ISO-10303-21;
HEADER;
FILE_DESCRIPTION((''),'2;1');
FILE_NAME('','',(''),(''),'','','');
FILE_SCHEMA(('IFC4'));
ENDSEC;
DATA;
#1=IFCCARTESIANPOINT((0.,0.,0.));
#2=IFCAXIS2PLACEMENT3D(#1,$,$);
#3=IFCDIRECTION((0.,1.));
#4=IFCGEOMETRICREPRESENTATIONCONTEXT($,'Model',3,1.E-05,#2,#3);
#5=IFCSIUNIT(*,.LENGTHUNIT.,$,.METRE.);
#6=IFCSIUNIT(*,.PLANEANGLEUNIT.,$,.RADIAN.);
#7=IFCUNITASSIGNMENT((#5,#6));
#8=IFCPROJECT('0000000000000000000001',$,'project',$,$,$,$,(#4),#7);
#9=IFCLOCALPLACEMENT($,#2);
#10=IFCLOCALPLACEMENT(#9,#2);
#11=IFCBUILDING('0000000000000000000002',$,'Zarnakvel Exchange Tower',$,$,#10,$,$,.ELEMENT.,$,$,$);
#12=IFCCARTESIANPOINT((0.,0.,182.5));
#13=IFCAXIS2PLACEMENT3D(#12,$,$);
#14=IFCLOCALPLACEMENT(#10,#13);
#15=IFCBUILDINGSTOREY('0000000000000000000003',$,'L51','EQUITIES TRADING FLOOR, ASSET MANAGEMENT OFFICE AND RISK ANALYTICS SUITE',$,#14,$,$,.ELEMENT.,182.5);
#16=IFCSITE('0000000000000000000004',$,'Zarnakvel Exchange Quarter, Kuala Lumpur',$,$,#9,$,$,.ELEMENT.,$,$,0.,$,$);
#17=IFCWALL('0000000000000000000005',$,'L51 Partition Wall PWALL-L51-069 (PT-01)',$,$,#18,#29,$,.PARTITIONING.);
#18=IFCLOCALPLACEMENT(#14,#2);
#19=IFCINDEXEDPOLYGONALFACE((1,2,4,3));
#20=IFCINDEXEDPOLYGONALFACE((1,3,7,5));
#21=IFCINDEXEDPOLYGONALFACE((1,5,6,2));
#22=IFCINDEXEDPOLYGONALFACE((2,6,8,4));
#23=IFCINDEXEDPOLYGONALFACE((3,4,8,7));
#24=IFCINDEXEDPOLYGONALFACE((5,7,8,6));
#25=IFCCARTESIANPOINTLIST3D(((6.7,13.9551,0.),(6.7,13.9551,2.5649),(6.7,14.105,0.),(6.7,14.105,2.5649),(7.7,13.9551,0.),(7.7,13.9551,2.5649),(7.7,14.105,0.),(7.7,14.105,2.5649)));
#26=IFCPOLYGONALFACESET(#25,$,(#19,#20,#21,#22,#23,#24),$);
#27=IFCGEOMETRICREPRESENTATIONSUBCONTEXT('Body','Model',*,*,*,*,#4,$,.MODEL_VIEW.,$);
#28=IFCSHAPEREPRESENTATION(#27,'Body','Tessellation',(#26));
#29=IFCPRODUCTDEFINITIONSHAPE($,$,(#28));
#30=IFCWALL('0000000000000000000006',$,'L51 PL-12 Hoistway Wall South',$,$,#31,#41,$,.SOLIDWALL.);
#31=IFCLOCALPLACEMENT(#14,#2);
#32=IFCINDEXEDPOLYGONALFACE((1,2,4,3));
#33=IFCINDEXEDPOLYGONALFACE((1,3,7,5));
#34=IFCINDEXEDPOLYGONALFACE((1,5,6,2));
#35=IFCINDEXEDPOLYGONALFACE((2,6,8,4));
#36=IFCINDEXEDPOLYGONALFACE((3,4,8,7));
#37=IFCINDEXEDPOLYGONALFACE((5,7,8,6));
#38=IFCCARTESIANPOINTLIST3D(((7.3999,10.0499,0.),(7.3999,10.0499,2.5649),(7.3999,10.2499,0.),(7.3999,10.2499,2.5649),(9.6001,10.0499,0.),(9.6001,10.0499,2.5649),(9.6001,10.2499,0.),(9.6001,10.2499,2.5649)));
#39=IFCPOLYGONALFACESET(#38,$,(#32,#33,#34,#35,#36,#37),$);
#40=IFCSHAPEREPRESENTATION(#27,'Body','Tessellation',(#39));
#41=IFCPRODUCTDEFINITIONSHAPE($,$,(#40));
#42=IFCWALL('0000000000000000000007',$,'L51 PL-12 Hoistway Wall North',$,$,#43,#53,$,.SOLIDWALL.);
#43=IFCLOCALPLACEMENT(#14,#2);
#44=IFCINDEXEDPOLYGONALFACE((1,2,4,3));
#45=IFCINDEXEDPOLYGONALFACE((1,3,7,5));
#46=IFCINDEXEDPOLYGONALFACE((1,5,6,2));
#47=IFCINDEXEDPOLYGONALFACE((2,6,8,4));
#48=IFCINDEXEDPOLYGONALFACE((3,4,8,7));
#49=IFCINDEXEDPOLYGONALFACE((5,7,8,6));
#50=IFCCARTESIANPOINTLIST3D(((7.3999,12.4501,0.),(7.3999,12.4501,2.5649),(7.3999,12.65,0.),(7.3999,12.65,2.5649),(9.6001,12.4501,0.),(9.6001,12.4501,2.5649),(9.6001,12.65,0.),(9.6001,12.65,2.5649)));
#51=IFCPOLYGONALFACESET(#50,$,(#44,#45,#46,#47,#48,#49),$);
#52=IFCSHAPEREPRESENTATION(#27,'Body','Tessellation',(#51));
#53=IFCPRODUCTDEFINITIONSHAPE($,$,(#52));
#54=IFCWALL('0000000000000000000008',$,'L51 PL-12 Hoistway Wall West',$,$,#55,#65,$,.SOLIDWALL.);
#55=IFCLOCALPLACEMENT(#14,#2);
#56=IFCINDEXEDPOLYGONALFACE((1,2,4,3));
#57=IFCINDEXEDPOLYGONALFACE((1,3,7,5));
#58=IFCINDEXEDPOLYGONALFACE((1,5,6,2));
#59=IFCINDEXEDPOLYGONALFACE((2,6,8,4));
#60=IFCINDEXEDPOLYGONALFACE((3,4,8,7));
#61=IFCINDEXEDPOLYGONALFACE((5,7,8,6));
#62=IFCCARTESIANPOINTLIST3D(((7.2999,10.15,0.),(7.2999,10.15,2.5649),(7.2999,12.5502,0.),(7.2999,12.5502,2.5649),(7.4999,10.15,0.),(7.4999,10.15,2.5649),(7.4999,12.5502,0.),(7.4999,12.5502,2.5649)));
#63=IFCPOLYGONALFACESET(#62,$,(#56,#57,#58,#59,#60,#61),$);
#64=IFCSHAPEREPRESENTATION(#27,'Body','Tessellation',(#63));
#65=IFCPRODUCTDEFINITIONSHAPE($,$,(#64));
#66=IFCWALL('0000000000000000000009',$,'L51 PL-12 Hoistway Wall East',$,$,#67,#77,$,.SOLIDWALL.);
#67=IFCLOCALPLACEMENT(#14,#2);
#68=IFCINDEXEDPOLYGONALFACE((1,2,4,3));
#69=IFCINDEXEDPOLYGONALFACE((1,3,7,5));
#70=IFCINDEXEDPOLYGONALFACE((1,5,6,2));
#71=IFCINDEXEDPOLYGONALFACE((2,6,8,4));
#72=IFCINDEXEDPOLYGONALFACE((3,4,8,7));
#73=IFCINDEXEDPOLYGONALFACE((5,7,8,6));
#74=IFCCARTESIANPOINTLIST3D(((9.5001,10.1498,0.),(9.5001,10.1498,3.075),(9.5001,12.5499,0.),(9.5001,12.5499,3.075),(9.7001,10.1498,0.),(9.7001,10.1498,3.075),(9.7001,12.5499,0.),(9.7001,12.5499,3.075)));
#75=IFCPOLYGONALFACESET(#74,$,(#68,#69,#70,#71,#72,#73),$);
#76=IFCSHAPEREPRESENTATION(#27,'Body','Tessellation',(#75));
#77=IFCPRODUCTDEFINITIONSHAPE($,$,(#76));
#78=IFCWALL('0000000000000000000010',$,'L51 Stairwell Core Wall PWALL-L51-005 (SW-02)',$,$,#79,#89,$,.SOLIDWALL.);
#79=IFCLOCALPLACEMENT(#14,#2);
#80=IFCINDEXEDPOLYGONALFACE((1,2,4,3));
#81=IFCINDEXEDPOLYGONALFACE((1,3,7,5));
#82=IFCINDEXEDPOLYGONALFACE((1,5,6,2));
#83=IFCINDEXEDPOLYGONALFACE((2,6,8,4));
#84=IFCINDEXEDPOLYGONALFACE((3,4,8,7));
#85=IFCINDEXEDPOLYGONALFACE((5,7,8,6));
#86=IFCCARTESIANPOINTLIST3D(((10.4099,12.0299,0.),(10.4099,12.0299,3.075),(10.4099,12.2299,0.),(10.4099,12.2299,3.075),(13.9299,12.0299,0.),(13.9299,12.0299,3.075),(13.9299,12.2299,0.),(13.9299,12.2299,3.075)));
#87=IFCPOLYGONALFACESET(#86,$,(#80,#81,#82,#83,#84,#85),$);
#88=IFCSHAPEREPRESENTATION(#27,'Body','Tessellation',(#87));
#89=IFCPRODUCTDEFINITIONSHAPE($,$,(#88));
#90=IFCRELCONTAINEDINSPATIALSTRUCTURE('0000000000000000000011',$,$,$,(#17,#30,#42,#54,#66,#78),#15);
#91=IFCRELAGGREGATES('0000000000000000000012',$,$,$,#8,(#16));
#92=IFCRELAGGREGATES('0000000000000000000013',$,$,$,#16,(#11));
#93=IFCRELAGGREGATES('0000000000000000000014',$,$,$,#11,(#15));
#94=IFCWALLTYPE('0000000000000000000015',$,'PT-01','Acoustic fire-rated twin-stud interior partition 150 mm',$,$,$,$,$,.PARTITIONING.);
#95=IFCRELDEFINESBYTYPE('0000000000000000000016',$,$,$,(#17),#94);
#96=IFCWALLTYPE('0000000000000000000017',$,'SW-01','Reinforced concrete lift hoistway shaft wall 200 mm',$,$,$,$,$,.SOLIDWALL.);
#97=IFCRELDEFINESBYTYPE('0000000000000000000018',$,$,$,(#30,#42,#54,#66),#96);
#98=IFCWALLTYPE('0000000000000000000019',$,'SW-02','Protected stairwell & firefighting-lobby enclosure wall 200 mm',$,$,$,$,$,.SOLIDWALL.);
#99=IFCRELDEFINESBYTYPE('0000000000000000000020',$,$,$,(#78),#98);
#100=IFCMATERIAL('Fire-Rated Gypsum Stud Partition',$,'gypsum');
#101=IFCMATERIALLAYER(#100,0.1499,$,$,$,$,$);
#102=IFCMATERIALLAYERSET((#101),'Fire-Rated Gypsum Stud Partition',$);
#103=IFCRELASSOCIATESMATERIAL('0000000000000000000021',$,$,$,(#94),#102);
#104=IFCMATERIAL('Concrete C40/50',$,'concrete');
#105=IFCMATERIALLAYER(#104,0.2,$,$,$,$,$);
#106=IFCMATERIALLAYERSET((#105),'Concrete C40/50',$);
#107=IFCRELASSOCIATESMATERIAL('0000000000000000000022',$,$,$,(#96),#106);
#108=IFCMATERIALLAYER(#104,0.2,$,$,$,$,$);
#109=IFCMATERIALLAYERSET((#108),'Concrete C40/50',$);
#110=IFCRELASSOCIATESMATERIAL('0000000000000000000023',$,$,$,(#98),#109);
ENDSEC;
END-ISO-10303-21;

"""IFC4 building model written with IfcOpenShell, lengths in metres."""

from ifc_helpers import new_model, si_unit, direction, frame, frame_2d, origin, place, context, subcontext, project, spatial, rectangle, extrude, material, layer, layer_set, type_object, element, save


model = new_model("IFC4")

# Units and contexts
model_context = context("Model", 3, precision=1e-05, world=origin(), true_north=direction((0.0, 1.0)))
body_context = subcontext(model_context, "Body", "Model", "MODEL_VIEW")
ifc_project = project(units=[si_unit("LENGTHUNIT", "METRE"), si_unit("PLANEANGLEUNIT", "RADIAN")], contexts=[model_context])

# Site, building, storey
site_placement = place(None, origin())
site = spatial("IfcSite", under=ifc_project, at=site_placement, Name="Zarnakvel Exchange Quarter, Kuala Lumpur", CompositionType="ELEMENT", RefElevation=0.0)
building_placement = place(site_placement, origin())
building = spatial("IfcBuilding", under=site, at=building_placement, Name="Zarnakvel Exchange Tower", CompositionType="ELEMENT")
storey_placement = place(building_placement, frame((0.0, 0.0, 182.5)))
storey = spatial("IfcBuildingStorey", under=building, at=storey_placement, Name="L51", Description="EQUITIES TRADING FLOOR, ASSET MANAGEMENT OFFICE AND RISK ANALYTICS SUITE", CompositionType="ELEMENT", Elevation=182.5)

# Shared definitions
ifc_material_1 = material(Name="Fire-Rated Gypsum Stud Partition", Category="gypsum")
ifc_layer_1 = layer(ifc_material_1, 0.1499)
ifc_layer_set_1 = layer_set([ifc_layer_1], Name="Fire-Rated Gypsum Stud Partition")
wall_type_1 = type_object("IfcWallType", Name="PT-01", Description="Acoustic fire-rated twin-stud interior partition 150 mm", PredefinedType="PARTITIONING", material=ifc_layer_set_1)

# Walls
wall_1_placement = place(storey_placement, frame((7.7, 14.03, 0.0), z_axis=(0.0, 0.0, 1.0), x_axis=(-1.0, 0.0, 0.0)))
element("IfcWall", 1, at=wall_1_placement, inside=storey, type_object=wall_type_1, Name="L51 Partition Wall PWALL-L51-069 (PT-01)", PredefinedType="PARTITIONING", context=body_context, shape_type="SweptSolid", body=[
    extrude(rectangle(XDim=1.0, YDim=0.1499, at=frame_2d((0.5, 0.0))), origin(), (0.0, 0.0, 1.0), 2.5649),
])
ifc_material_2 = material(Name="Concrete C40/50", Category="concrete")
ifc_layer_2 = layer(ifc_material_2, 0.2)
ifc_layer_set_2 = layer_set([ifc_layer_2], Name="Concrete C40/50")
wall_type_2 = type_object("IfcWallType", Name="SW-01", Description="Reinforced concrete lift hoistway shaft wall 200 mm", PredefinedType="SOLIDWALL", material=ifc_layer_set_2)
for number, where, z_axis, x_axis, name in (
    (2, (9.6001, 10.1499, 0.0), (0.0, 0.0, 1.0), (-1.0, 0.0, 0.0), "L51 PL-12 Hoistway Wall South"),
    (3, (7.3999, 12.55, 0.0), (0.0, 0.0, 1.0), (1.0, 0.0, 0.0), "L51 PL-12 Hoistway Wall North"),
):
    element("IfcWall", number, at=place(storey_placement, frame(where, z_axis=z_axis, x_axis=x_axis)), inside=storey, type_object=wall_type_2, Name=name, PredefinedType="SOLIDWALL", context=body_context, shape_type="SweptSolid", body=[
        extrude(rectangle(XDim=2.2002, YDim=0.2, at=frame_2d((1.1001, 0.0))), origin(), (0.0, 0.0, 1.0), 2.5649),
    ])
wall_2_placement = place(storey_placement, frame((7.3999, 10.1499, 0.0), z_axis=(0.0, 0.0, 1.0), x_axis=(0.0, 1.0, 0.0)))
element("IfcWall", 4, at=wall_2_placement, inside=storey, type_object=wall_type_2, Name="L51 PL-12 Hoistway Wall West", PredefinedType="SOLIDWALL", context=body_context, shape_type="SweptSolid", body=[
    extrude(rectangle(XDim=2.4001, YDim=0.2, at=frame_2d((1.2002, 0.0))), origin(), (0.0, 0.0, 1.0), 2.5649),
])
wall_3_placement = place(storey_placement, frame((9.6001, 12.55, 0.0), z_axis=(0.0, 0.0, 1.0), x_axis=(0.0, -1.0, 0.0)))
element("IfcWall", 5, at=wall_3_placement, inside=storey, type_object=wall_type_2, Name="L51 PL-12 Hoistway Wall East", PredefinedType="SOLIDWALL", context=body_context, shape_type="SweptSolid", body=[
    extrude(rectangle(XDim=2.4001, YDim=0.2, at=frame_2d((1.2002, 0.0))), origin(), (0.0, 0.0, 1.0), 3.075),
])
ifc_layer_3 = layer(ifc_material_2, 0.2)
ifc_layer_set_3 = layer_set([ifc_layer_3], Name="Concrete C40/50")
wall_type_3 = type_object("IfcWallType", Name="SW-02", Description="Protected stairwell & firefighting-lobby enclosure wall 200 mm", PredefinedType="SOLIDWALL", material=ifc_layer_set_3)
wall_4_placement = place(storey_placement, frame((10.4099, 12.1299, 0.0), z_axis=(0.0, 0.0, 1.0), x_axis=(1.0, 0.0, 0.0)))
element("IfcWall", 6, at=wall_4_placement, inside=storey, type_object=wall_type_3, Name="L51 Stairwell Core Wall PWALL-L51-005 (SW-02)", PredefinedType="SOLIDWALL", context=body_context, shape_type="SweptSolid", body=[
    extrude(rectangle(XDim=3.52, YDim=0.2, at=frame_2d((1.76, 0.0))), origin(), (0.0, 0.0, 1.0), 3.075),
])

save(model, "model.ifc")
